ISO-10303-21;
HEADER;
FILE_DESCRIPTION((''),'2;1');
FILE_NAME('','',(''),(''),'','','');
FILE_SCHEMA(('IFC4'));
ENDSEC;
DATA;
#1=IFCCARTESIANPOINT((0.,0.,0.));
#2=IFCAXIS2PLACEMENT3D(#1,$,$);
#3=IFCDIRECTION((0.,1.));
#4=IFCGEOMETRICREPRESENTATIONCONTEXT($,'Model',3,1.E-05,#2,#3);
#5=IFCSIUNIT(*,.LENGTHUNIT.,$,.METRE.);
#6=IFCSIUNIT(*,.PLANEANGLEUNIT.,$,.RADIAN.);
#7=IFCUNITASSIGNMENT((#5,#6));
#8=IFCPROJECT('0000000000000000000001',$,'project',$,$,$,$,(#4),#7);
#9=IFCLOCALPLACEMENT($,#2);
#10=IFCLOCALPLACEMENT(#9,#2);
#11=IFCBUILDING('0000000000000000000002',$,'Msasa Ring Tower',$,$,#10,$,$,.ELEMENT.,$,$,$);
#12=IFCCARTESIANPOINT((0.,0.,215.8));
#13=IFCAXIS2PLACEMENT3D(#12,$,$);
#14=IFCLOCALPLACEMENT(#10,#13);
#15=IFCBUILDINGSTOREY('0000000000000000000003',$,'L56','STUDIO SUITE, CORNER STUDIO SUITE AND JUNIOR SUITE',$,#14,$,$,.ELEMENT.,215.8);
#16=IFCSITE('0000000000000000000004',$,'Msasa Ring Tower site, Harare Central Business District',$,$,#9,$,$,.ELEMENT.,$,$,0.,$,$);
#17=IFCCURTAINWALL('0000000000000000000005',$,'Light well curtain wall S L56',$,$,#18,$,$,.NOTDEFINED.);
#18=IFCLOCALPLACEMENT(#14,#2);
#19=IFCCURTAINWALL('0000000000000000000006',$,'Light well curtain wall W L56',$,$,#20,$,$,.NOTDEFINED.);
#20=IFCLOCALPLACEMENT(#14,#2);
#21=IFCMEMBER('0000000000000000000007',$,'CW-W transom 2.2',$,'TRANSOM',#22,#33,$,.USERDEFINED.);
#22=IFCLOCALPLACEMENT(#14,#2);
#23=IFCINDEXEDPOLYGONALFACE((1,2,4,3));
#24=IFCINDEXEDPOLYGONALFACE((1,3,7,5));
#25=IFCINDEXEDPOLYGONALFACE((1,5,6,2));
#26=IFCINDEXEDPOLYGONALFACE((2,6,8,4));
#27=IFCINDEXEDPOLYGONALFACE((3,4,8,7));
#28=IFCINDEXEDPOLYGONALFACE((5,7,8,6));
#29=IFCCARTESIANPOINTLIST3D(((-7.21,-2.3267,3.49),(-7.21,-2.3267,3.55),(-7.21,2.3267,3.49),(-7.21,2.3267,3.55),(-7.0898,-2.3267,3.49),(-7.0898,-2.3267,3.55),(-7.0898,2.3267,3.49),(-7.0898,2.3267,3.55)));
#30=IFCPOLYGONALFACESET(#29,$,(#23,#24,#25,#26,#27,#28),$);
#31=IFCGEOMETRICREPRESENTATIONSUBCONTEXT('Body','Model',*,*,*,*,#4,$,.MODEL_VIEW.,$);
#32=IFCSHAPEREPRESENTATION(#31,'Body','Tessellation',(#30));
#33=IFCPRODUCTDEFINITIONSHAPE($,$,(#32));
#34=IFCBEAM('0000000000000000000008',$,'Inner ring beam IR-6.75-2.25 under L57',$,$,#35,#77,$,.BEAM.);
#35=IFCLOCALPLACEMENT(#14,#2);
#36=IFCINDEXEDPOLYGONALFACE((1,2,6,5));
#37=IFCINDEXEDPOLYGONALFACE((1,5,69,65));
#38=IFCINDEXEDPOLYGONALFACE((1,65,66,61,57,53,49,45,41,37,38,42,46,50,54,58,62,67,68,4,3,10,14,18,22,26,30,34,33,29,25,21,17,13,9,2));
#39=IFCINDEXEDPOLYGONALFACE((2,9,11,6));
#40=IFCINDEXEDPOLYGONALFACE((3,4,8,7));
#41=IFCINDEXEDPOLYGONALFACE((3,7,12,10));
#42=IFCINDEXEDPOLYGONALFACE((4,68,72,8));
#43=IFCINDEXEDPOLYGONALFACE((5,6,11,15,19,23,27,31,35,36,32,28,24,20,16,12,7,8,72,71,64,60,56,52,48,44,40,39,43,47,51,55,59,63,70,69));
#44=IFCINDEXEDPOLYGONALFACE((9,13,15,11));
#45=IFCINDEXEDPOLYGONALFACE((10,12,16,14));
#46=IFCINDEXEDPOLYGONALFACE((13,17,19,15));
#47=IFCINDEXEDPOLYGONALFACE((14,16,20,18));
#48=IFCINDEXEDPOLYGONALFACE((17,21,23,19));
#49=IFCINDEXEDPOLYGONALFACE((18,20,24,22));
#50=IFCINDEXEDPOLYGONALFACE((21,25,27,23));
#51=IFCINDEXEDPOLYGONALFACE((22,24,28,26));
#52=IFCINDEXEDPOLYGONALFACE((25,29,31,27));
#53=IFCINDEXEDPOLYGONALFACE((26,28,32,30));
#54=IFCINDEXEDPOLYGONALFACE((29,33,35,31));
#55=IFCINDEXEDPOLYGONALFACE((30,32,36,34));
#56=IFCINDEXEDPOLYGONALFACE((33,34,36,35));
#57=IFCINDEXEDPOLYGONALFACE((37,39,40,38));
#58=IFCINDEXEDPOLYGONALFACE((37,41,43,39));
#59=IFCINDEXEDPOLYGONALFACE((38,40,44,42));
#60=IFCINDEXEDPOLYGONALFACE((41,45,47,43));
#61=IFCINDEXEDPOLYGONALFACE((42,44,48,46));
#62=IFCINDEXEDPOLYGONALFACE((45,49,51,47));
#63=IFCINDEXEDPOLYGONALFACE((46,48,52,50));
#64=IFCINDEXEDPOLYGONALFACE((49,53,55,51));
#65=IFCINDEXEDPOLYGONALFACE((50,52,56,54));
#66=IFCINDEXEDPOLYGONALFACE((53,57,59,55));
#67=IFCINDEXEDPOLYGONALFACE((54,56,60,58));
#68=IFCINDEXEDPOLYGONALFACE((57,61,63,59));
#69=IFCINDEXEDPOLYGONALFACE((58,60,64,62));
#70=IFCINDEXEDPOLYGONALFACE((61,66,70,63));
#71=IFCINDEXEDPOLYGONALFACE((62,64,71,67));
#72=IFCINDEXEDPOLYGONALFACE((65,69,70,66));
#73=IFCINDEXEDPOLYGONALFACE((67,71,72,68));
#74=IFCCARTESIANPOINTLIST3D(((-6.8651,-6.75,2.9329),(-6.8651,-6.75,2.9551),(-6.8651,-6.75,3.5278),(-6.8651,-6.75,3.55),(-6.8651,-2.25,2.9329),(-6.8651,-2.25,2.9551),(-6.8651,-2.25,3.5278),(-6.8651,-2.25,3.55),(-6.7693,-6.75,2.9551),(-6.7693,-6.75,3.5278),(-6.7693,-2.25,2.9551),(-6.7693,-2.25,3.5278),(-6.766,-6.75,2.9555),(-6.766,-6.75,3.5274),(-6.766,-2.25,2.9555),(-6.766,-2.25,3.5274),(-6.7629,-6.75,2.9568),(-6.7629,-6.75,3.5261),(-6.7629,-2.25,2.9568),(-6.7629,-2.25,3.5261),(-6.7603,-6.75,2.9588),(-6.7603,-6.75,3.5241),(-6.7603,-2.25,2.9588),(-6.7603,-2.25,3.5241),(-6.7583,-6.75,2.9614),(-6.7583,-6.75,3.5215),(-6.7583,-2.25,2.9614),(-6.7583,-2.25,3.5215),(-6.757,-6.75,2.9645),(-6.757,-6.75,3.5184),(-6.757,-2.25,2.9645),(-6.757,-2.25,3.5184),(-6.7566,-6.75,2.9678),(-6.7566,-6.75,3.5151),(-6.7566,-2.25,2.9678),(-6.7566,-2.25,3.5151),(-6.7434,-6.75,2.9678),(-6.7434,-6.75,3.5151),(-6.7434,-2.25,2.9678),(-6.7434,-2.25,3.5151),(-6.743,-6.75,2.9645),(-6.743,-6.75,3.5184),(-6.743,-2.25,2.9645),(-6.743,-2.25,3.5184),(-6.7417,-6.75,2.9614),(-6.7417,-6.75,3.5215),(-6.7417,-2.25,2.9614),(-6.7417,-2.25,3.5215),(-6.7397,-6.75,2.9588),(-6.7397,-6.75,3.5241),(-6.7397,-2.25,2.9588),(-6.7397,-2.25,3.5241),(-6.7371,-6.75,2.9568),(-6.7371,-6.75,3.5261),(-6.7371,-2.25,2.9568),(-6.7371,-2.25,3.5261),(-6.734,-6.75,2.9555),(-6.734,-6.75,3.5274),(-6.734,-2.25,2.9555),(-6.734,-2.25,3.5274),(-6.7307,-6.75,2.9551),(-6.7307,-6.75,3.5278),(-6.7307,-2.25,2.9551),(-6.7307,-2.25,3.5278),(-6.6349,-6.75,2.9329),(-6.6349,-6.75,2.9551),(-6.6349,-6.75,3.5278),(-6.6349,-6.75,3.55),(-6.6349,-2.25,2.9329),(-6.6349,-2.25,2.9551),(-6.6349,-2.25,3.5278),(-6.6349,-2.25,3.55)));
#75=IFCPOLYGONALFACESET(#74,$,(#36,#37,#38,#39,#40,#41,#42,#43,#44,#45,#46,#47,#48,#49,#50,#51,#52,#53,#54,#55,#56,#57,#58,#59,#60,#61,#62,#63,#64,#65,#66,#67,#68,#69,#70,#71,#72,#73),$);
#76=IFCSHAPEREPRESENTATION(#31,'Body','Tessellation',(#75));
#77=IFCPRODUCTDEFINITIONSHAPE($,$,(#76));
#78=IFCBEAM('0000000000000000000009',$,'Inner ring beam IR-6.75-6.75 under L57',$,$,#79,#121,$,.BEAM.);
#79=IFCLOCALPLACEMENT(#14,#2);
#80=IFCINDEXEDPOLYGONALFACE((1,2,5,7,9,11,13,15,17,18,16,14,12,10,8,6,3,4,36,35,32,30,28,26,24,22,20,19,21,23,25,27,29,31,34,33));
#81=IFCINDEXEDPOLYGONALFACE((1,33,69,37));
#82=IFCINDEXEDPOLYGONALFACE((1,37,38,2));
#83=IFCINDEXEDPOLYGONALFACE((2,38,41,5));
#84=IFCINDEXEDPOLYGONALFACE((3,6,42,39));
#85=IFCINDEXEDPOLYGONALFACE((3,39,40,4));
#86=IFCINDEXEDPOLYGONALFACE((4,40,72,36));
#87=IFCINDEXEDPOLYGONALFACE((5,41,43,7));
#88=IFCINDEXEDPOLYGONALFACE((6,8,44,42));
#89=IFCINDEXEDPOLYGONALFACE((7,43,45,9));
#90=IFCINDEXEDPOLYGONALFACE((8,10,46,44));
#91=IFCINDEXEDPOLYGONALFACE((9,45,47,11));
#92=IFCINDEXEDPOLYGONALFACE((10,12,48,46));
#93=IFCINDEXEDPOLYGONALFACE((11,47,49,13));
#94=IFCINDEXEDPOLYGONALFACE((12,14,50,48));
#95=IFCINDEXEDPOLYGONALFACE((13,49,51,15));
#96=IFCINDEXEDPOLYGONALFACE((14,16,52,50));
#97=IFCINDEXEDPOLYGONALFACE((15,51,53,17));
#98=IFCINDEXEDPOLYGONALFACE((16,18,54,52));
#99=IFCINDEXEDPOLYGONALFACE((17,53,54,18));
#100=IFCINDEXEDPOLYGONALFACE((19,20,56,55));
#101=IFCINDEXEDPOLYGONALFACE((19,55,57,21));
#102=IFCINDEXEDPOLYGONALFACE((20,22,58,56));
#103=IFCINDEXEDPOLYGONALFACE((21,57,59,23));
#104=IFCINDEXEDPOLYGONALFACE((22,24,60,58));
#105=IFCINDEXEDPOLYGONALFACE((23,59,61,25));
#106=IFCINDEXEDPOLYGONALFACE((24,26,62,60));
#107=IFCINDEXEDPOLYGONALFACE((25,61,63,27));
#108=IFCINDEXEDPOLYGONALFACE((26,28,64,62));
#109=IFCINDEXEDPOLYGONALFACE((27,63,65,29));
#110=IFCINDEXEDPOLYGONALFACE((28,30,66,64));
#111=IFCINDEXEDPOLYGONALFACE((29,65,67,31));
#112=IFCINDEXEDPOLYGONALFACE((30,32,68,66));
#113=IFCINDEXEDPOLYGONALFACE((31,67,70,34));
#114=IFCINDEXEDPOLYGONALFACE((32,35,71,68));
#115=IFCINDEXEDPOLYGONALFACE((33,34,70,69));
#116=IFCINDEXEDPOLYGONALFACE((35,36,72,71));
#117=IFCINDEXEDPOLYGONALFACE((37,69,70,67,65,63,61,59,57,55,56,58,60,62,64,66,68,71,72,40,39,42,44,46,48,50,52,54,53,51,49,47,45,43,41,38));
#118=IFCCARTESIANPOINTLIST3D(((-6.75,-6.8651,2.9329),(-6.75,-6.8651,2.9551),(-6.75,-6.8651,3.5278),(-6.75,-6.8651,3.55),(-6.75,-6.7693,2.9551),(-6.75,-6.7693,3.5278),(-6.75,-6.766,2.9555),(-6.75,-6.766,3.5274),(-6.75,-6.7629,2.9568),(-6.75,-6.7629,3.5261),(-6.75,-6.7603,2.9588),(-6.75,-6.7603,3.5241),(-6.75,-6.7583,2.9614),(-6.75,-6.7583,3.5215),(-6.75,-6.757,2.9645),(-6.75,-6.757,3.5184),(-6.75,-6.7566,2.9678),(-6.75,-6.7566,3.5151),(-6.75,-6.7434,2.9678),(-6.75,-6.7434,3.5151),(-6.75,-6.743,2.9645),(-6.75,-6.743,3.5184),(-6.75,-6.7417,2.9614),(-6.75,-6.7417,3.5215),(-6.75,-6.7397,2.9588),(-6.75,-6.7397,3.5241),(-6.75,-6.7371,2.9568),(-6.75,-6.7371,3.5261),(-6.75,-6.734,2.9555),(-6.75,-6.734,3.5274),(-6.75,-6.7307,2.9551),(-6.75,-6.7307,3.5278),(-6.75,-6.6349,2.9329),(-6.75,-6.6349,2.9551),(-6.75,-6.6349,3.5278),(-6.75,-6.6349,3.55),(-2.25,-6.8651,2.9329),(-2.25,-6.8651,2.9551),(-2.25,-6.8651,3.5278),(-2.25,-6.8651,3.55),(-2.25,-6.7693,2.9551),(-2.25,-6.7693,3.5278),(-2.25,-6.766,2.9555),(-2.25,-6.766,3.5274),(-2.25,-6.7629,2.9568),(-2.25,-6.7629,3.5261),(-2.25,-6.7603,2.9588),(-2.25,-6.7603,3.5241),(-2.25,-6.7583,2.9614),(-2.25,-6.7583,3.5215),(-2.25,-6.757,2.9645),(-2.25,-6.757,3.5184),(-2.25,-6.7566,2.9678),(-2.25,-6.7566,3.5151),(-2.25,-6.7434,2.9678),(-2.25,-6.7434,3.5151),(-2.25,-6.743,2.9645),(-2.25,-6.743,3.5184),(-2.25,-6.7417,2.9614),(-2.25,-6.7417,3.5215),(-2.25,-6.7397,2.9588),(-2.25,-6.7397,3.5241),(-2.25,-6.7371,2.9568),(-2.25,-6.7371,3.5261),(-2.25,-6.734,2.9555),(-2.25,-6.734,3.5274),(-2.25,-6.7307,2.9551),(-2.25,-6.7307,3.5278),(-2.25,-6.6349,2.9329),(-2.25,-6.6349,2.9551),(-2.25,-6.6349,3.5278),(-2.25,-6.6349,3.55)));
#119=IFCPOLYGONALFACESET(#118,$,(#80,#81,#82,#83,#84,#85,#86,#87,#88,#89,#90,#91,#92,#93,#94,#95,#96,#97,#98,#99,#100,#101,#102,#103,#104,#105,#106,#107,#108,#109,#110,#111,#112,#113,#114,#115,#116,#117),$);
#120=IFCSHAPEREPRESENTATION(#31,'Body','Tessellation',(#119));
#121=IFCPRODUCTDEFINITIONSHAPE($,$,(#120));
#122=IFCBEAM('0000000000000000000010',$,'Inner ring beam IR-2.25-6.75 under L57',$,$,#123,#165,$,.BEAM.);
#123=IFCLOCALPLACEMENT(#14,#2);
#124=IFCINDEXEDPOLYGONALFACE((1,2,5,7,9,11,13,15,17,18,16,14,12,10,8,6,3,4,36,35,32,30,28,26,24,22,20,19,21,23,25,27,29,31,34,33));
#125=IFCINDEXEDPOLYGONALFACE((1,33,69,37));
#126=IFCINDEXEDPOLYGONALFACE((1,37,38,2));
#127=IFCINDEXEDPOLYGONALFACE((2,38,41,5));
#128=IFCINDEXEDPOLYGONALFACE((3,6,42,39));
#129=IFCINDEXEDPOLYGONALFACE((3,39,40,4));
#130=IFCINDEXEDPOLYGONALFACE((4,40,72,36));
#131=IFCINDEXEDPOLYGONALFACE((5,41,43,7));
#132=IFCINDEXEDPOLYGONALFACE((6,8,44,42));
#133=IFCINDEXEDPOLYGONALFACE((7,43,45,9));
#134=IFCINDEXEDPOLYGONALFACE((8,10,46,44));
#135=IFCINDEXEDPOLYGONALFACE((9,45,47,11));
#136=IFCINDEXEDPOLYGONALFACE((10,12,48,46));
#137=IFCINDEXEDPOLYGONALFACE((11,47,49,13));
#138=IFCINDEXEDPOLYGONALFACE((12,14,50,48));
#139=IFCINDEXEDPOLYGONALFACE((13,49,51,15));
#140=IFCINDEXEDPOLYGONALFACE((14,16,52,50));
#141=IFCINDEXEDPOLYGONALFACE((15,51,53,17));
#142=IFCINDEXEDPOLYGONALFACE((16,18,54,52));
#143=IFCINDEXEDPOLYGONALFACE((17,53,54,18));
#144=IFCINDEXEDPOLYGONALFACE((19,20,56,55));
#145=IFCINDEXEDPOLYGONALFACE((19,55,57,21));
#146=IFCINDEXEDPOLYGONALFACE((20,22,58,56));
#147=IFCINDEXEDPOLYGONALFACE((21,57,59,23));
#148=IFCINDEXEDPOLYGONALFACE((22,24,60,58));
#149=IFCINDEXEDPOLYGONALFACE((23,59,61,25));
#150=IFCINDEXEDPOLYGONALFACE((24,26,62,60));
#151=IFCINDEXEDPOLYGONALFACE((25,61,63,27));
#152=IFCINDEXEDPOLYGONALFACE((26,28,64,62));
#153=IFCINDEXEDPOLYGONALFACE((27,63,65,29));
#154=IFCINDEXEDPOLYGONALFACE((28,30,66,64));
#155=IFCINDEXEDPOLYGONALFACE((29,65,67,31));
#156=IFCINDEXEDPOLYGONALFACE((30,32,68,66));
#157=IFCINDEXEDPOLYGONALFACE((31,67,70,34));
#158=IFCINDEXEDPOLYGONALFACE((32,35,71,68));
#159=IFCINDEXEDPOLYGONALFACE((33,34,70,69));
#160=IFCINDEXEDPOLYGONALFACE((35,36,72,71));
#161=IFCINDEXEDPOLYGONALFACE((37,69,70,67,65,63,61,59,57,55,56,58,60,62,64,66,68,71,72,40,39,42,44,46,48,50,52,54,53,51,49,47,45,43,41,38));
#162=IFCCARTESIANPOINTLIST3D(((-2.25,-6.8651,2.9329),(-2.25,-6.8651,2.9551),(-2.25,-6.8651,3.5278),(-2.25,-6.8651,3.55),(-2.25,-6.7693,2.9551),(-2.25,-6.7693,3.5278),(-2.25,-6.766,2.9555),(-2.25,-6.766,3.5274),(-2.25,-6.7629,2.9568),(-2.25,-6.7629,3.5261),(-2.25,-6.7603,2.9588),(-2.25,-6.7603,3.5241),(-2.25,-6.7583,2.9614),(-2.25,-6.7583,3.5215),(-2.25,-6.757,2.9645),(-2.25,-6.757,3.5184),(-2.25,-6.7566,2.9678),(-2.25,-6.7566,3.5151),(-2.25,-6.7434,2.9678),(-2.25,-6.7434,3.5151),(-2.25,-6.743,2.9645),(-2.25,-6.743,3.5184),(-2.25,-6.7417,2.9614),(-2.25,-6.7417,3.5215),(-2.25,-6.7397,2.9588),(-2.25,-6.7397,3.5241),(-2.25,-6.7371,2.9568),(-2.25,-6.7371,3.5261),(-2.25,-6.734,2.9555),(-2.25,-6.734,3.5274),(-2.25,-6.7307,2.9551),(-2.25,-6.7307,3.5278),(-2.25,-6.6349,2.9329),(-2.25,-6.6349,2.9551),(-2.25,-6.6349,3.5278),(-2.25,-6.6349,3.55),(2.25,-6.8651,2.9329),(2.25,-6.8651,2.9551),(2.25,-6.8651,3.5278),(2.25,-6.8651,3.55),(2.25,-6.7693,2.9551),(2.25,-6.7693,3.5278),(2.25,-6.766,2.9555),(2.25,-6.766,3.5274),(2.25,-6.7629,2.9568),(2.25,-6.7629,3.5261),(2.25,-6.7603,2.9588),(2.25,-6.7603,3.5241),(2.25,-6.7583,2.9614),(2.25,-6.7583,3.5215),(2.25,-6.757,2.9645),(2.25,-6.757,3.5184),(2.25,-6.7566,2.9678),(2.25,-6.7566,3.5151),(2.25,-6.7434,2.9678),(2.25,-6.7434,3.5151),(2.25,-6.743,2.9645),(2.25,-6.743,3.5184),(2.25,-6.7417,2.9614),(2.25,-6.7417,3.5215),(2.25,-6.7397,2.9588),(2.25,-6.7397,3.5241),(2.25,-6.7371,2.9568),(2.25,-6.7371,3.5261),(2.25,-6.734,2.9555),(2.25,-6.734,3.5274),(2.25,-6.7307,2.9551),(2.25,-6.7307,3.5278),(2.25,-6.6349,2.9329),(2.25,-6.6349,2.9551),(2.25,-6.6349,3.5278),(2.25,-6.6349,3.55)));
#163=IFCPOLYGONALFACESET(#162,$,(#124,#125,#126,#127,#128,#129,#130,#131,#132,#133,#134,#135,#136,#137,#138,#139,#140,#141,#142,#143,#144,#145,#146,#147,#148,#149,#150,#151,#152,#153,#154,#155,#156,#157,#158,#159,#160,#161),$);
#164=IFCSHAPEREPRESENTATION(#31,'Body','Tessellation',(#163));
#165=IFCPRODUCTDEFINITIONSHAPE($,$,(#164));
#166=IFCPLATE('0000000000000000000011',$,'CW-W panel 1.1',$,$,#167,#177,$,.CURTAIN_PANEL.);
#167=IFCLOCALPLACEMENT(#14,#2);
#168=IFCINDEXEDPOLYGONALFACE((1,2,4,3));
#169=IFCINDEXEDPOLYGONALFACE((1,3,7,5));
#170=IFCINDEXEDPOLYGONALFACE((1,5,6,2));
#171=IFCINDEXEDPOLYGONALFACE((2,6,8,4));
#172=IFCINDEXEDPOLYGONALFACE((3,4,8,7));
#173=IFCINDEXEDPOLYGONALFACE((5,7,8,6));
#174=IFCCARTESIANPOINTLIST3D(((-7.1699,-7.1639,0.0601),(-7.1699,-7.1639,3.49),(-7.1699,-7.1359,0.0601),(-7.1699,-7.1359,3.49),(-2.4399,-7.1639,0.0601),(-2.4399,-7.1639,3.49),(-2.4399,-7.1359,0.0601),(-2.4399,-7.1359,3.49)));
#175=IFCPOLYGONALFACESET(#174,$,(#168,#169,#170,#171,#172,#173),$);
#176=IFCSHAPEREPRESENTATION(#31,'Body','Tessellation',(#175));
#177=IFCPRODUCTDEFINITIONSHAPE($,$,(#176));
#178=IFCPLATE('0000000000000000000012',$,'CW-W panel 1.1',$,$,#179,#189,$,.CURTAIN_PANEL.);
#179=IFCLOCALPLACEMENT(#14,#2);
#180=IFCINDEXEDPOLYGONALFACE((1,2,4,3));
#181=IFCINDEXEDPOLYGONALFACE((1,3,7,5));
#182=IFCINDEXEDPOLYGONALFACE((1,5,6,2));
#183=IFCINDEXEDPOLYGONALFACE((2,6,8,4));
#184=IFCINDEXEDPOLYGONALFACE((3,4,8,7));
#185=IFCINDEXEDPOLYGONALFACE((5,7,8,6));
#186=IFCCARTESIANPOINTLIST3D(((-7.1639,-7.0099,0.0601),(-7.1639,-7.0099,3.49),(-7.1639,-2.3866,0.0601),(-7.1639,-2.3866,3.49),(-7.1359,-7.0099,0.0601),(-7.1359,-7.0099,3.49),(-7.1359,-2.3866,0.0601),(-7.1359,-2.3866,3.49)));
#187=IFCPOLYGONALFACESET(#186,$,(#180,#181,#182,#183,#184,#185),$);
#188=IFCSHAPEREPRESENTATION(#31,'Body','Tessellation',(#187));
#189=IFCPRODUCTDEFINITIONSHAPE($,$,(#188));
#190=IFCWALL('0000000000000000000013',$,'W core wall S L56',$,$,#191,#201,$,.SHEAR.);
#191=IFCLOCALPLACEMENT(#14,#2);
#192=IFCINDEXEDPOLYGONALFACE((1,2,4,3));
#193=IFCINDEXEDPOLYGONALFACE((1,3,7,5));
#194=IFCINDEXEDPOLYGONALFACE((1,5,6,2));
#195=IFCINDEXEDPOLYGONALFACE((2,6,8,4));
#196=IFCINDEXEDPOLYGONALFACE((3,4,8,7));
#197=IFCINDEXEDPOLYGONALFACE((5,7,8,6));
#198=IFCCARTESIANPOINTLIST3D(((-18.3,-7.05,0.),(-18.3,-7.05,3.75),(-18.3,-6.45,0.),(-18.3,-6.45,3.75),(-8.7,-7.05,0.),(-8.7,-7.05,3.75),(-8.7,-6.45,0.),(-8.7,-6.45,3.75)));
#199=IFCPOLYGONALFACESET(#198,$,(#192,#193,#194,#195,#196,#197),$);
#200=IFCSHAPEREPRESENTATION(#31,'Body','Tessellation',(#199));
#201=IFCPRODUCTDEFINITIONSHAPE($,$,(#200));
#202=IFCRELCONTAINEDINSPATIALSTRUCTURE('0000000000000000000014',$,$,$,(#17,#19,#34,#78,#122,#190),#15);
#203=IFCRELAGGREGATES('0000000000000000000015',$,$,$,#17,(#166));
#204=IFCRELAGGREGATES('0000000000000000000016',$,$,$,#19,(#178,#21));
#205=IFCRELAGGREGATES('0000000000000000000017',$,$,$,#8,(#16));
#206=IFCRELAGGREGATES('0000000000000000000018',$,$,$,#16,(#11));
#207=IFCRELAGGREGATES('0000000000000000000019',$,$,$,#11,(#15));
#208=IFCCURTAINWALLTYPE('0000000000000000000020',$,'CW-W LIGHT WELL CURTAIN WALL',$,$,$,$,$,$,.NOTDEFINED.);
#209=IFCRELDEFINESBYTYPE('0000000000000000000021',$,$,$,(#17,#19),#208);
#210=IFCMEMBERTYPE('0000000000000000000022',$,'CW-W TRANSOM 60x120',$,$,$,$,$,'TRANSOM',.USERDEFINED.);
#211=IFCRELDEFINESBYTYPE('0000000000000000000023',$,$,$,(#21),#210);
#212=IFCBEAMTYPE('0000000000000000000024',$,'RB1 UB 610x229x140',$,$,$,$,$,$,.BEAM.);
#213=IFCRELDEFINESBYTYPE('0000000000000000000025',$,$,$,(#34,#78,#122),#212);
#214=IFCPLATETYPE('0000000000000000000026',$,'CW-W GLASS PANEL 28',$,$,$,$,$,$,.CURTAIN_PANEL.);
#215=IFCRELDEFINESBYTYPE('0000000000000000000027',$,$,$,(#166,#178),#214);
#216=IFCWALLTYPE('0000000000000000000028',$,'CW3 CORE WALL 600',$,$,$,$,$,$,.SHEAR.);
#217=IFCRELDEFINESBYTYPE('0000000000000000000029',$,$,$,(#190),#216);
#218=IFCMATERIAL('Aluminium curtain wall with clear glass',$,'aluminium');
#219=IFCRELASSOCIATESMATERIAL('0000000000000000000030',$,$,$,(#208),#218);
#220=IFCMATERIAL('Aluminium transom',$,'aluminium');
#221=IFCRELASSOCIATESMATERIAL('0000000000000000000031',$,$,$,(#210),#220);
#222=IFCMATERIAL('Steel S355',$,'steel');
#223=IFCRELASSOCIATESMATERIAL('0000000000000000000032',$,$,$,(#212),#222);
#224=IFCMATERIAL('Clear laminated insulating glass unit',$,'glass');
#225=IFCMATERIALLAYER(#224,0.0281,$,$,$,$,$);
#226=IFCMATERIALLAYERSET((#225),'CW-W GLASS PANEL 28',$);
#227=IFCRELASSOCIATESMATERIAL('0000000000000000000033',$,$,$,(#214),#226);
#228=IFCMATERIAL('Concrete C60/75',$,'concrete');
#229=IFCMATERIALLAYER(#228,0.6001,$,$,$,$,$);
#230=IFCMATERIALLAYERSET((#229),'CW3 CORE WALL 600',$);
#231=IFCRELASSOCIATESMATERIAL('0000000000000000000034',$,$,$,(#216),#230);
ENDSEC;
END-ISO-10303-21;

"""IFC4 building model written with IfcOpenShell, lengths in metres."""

from ifc_helpers import new_model, si_unit, direction, frame, frame_2d, origin, origin_2d, place, context, subcontext, project, spatial, rectangle, i_section, extrude, material, layer, layer_set, material_profile, profile_set, type_object, element, aggregate, save


model = new_model("IFC4")

# Units and contexts
model_context = context("Model", 3, precision=1e-05, world=origin(), true_north=direction((0.0, 1.0)))
body_context = subcontext(model_context, "Body", "Model", "MODEL_VIEW")
ifc_project = project(units=[si_unit("LENGTHUNIT", "METRE"), si_unit("PLANEANGLEUNIT", "RADIAN")], contexts=[model_context])

# Site, building, storey
site_placement = place(None, origin())
site = spatial("IfcSite", under=ifc_project, at=site_placement, Name="Msasa Ring Tower site, Harare Central Business District", CompositionType="ELEMENT", RefElevation=0.0)
building_placement = place(site_placement, origin())
building = spatial("IfcBuilding", under=site, at=building_placement, Name="Msasa Ring Tower", CompositionType="ELEMENT")
storey_placement = place(building_placement, frame((0.0, 0.0, 215.8)))
storey = spatial("IfcBuildingStorey", under=building, at=storey_placement, Name="L56", Description="STUDIO SUITE, CORNER STUDIO SUITE AND JUNIOR SUITE", CompositionType="ELEMENT", Elevation=215.8)

# Curtain walls
ifc_material_1 = material(Name="Aluminium curtain wall with clear glass", Category="aluminium")
curtain_wall_type = type_object("IfcCurtainWallType", Name="CW-W LIGHT WELL CURTAIN WALL", PredefinedType="NOTDEFINED", material=ifc_material_1)
curtain_wall_1_placement = place(storey_placement, origin())
curtain_wall_1 = element("IfcCurtainWall", 1, at=curtain_wall_1_placement, inside=storey, type_object=curtain_wall_type, Name="Light well curtain wall S L56", PredefinedType="NOTDEFINED")
curtain_wall_2_placement = place(storey_placement, origin())
curtain_wall_2 = element("IfcCurtainWall", 2, at=curtain_wall_2_placement, inside=storey, type_object=curtain_wall_type, Name="Light well curtain wall W L56", PredefinedType="NOTDEFINED")

# Member
ifc_material_2 = material(Name="Aluminium transom", Category="aluminium")
ifc_material_profile_1 = material_profile(ifc_material_2, rectangle(XDim=0.1201, YDim=0.0601, at=origin_2d()), Name="AL 60x120")
ifc_profile_set_1 = profile_set([ifc_material_profile_1], Name="Aluminium transom")
member_type_1 = type_object("IfcMemberType", Name="CW-W TRANSOM 60x120", ElementType="TRANSOM", PredefinedType="USERDEFINED", material=ifc_profile_set_1)
member_1_placement = place(storey_placement, frame((-7.1499, -2.3267, 3.52), z_axis=(0.0, 1.0, 0.0), x_axis=(-1.0, 0.0, 0.0)))
member_1 = element("IfcMember", 3, at=member_1_placement, type_object=member_type_1, Name="CW-W transom 2.2", ObjectType="TRANSOM", PredefinedType="USERDEFINED", context=body_context, shape_type="SweptSolid", body=[
    extrude(rectangle(XDim=0.1201, YDim=0.0601, at=origin_2d()), origin(), (0.0, 0.0, 1.0), 4.6533),
])

# Beams
ifc_material_3 = material(Name="Steel S355", Category="steel")
ifc_material_profile_2 = material_profile(ifc_material_3, i_section(OverallWidth=0.2302, OverallDepth=0.6172, WebThickness=0.0132, FlangeThickness=0.0222, FilletRadius=0.0127, at=origin_2d()), Name="UB 610x229x140")
ifc_profile_set_2 = profile_set([ifc_material_profile_2], Name="Steel S355")
beam_type = type_object("IfcBeamType", Name="RB1 UB 610x229x140", PredefinedType="BEAM", material=ifc_profile_set_2)
for number, where, z_axis, x_axis, name in (
    (4, (-6.75, -2.25, 3.2415), (0.0, -1.0, 0.0), (1.0, 0.0, 0.0), "Inner ring beam IR-6.75-2.25 under L57"),
    (5, (-6.75, -6.75, 3.2415), (1.0, 0.0, 0.0), (0.0, 1.0, 0.0), "Inner ring beam IR-6.75-6.75 under L57"),
    (6, (-2.25, -6.75, 3.2415), (1.0, 0.0, 0.0), (0.0, 1.0, 0.0), "Inner ring beam IR-2.25-6.75 under L57"),
):
    element("IfcBeam", number, at=place(storey_placement, frame(where, z_axis=z_axis, x_axis=x_axis)), inside=storey, type_object=beam_type, Name=name, PredefinedType="BEAM", context=body_context, shape_type="SweptSolid", body=[
        extrude(i_section(OverallWidth=0.2302, OverallDepth=0.6172, WebThickness=0.0132, FlangeThickness=0.0222, FilletRadius=0.0127, at=origin_2d()), origin(), (0.0, 0.0, 1.0), 4.5),
    ])

# Plates
ifc_material_4 = material(Name="Clear laminated insulating glass unit", Category="glass")
ifc_layer_1 = layer(ifc_material_4, 0.0281)
ifc_layer_set_1 = layer_set([ifc_layer_1], Name="CW-W GLASS PANEL 28")
plate_type = type_object("IfcPlateType", Name="CW-W GLASS PANEL 28", PredefinedType="CURTAIN_PANEL", material=ifc_layer_set_1)
plate_1_placement = place(storey_placement, frame((-4.8049, -7.1499, 0.0601), z_axis=(0.0, 0.0, 1.0), x_axis=(1.0, 0.0, 0.0)))
plate_1 = element("IfcPlate", 7, at=plate_1_placement, type_object=plate_type, Name="CW-W panel 1.1", PredefinedType="CURTAIN_PANEL", context=body_context, shape_type="SweptSolid", body=[
    extrude(rectangle(XDim=4.73, YDim=0.0281, at=origin_2d()), origin(), (0.0, 0.0, 1.0), 3.4299),
])
aggregate(curtain_wall_1, [plate_1])
plate_2_placement = place(storey_placement, frame((-7.1499, -4.6982, 0.0601), z_axis=(0.0, 0.0, 1.0), x_axis=(0.0, 1.0, 0.0)))
plate_2 = element("IfcPlate", 8, at=plate_2_placement, type_object=plate_type, Name="CW-W panel 1.1", PredefinedType="CURTAIN_PANEL", context=body_context, shape_type="SweptSolid", body=[
    extrude(rectangle(XDim=4.6233, YDim=0.0281, at=origin_2d()), origin(), (0.0, 0.0, 1.0), 3.4299),
])
aggregate(curtain_wall_2, [plate_2, member_1])

# Wall
ifc_material_5 = material(Name="Concrete C60/75", Category="concrete")
ifc_layer_2 = layer(ifc_material_5, 0.6001)
ifc_layer_set_2 = layer_set([ifc_layer_2], Name="CW3 CORE WALL 600")
wall_type_1 = type_object("IfcWallType", Name="CW3 CORE WALL 600", PredefinedType="SHEAR", material=ifc_layer_set_2)
wall_1_placement = place(storey_placement, frame((-8.7, -6.75, 0.0), z_axis=(0.0, 0.0, 1.0), x_axis=(-1.0, 0.0, 0.0)))
element("IfcWall", 9, at=wall_1_placement, inside=storey, type_object=wall_type_1, Name="W core wall S L56", PredefinedType="SHEAR", context=body_context, shape_type="SweptSolid", body=[
    extrude(rectangle(XDim=9.6001, YDim=0.6001, at=frame_2d((4.8, 0.0))), origin(), (0.0, 0.0, 1.0), 3.75),
])

save(model, "model.ifc")
